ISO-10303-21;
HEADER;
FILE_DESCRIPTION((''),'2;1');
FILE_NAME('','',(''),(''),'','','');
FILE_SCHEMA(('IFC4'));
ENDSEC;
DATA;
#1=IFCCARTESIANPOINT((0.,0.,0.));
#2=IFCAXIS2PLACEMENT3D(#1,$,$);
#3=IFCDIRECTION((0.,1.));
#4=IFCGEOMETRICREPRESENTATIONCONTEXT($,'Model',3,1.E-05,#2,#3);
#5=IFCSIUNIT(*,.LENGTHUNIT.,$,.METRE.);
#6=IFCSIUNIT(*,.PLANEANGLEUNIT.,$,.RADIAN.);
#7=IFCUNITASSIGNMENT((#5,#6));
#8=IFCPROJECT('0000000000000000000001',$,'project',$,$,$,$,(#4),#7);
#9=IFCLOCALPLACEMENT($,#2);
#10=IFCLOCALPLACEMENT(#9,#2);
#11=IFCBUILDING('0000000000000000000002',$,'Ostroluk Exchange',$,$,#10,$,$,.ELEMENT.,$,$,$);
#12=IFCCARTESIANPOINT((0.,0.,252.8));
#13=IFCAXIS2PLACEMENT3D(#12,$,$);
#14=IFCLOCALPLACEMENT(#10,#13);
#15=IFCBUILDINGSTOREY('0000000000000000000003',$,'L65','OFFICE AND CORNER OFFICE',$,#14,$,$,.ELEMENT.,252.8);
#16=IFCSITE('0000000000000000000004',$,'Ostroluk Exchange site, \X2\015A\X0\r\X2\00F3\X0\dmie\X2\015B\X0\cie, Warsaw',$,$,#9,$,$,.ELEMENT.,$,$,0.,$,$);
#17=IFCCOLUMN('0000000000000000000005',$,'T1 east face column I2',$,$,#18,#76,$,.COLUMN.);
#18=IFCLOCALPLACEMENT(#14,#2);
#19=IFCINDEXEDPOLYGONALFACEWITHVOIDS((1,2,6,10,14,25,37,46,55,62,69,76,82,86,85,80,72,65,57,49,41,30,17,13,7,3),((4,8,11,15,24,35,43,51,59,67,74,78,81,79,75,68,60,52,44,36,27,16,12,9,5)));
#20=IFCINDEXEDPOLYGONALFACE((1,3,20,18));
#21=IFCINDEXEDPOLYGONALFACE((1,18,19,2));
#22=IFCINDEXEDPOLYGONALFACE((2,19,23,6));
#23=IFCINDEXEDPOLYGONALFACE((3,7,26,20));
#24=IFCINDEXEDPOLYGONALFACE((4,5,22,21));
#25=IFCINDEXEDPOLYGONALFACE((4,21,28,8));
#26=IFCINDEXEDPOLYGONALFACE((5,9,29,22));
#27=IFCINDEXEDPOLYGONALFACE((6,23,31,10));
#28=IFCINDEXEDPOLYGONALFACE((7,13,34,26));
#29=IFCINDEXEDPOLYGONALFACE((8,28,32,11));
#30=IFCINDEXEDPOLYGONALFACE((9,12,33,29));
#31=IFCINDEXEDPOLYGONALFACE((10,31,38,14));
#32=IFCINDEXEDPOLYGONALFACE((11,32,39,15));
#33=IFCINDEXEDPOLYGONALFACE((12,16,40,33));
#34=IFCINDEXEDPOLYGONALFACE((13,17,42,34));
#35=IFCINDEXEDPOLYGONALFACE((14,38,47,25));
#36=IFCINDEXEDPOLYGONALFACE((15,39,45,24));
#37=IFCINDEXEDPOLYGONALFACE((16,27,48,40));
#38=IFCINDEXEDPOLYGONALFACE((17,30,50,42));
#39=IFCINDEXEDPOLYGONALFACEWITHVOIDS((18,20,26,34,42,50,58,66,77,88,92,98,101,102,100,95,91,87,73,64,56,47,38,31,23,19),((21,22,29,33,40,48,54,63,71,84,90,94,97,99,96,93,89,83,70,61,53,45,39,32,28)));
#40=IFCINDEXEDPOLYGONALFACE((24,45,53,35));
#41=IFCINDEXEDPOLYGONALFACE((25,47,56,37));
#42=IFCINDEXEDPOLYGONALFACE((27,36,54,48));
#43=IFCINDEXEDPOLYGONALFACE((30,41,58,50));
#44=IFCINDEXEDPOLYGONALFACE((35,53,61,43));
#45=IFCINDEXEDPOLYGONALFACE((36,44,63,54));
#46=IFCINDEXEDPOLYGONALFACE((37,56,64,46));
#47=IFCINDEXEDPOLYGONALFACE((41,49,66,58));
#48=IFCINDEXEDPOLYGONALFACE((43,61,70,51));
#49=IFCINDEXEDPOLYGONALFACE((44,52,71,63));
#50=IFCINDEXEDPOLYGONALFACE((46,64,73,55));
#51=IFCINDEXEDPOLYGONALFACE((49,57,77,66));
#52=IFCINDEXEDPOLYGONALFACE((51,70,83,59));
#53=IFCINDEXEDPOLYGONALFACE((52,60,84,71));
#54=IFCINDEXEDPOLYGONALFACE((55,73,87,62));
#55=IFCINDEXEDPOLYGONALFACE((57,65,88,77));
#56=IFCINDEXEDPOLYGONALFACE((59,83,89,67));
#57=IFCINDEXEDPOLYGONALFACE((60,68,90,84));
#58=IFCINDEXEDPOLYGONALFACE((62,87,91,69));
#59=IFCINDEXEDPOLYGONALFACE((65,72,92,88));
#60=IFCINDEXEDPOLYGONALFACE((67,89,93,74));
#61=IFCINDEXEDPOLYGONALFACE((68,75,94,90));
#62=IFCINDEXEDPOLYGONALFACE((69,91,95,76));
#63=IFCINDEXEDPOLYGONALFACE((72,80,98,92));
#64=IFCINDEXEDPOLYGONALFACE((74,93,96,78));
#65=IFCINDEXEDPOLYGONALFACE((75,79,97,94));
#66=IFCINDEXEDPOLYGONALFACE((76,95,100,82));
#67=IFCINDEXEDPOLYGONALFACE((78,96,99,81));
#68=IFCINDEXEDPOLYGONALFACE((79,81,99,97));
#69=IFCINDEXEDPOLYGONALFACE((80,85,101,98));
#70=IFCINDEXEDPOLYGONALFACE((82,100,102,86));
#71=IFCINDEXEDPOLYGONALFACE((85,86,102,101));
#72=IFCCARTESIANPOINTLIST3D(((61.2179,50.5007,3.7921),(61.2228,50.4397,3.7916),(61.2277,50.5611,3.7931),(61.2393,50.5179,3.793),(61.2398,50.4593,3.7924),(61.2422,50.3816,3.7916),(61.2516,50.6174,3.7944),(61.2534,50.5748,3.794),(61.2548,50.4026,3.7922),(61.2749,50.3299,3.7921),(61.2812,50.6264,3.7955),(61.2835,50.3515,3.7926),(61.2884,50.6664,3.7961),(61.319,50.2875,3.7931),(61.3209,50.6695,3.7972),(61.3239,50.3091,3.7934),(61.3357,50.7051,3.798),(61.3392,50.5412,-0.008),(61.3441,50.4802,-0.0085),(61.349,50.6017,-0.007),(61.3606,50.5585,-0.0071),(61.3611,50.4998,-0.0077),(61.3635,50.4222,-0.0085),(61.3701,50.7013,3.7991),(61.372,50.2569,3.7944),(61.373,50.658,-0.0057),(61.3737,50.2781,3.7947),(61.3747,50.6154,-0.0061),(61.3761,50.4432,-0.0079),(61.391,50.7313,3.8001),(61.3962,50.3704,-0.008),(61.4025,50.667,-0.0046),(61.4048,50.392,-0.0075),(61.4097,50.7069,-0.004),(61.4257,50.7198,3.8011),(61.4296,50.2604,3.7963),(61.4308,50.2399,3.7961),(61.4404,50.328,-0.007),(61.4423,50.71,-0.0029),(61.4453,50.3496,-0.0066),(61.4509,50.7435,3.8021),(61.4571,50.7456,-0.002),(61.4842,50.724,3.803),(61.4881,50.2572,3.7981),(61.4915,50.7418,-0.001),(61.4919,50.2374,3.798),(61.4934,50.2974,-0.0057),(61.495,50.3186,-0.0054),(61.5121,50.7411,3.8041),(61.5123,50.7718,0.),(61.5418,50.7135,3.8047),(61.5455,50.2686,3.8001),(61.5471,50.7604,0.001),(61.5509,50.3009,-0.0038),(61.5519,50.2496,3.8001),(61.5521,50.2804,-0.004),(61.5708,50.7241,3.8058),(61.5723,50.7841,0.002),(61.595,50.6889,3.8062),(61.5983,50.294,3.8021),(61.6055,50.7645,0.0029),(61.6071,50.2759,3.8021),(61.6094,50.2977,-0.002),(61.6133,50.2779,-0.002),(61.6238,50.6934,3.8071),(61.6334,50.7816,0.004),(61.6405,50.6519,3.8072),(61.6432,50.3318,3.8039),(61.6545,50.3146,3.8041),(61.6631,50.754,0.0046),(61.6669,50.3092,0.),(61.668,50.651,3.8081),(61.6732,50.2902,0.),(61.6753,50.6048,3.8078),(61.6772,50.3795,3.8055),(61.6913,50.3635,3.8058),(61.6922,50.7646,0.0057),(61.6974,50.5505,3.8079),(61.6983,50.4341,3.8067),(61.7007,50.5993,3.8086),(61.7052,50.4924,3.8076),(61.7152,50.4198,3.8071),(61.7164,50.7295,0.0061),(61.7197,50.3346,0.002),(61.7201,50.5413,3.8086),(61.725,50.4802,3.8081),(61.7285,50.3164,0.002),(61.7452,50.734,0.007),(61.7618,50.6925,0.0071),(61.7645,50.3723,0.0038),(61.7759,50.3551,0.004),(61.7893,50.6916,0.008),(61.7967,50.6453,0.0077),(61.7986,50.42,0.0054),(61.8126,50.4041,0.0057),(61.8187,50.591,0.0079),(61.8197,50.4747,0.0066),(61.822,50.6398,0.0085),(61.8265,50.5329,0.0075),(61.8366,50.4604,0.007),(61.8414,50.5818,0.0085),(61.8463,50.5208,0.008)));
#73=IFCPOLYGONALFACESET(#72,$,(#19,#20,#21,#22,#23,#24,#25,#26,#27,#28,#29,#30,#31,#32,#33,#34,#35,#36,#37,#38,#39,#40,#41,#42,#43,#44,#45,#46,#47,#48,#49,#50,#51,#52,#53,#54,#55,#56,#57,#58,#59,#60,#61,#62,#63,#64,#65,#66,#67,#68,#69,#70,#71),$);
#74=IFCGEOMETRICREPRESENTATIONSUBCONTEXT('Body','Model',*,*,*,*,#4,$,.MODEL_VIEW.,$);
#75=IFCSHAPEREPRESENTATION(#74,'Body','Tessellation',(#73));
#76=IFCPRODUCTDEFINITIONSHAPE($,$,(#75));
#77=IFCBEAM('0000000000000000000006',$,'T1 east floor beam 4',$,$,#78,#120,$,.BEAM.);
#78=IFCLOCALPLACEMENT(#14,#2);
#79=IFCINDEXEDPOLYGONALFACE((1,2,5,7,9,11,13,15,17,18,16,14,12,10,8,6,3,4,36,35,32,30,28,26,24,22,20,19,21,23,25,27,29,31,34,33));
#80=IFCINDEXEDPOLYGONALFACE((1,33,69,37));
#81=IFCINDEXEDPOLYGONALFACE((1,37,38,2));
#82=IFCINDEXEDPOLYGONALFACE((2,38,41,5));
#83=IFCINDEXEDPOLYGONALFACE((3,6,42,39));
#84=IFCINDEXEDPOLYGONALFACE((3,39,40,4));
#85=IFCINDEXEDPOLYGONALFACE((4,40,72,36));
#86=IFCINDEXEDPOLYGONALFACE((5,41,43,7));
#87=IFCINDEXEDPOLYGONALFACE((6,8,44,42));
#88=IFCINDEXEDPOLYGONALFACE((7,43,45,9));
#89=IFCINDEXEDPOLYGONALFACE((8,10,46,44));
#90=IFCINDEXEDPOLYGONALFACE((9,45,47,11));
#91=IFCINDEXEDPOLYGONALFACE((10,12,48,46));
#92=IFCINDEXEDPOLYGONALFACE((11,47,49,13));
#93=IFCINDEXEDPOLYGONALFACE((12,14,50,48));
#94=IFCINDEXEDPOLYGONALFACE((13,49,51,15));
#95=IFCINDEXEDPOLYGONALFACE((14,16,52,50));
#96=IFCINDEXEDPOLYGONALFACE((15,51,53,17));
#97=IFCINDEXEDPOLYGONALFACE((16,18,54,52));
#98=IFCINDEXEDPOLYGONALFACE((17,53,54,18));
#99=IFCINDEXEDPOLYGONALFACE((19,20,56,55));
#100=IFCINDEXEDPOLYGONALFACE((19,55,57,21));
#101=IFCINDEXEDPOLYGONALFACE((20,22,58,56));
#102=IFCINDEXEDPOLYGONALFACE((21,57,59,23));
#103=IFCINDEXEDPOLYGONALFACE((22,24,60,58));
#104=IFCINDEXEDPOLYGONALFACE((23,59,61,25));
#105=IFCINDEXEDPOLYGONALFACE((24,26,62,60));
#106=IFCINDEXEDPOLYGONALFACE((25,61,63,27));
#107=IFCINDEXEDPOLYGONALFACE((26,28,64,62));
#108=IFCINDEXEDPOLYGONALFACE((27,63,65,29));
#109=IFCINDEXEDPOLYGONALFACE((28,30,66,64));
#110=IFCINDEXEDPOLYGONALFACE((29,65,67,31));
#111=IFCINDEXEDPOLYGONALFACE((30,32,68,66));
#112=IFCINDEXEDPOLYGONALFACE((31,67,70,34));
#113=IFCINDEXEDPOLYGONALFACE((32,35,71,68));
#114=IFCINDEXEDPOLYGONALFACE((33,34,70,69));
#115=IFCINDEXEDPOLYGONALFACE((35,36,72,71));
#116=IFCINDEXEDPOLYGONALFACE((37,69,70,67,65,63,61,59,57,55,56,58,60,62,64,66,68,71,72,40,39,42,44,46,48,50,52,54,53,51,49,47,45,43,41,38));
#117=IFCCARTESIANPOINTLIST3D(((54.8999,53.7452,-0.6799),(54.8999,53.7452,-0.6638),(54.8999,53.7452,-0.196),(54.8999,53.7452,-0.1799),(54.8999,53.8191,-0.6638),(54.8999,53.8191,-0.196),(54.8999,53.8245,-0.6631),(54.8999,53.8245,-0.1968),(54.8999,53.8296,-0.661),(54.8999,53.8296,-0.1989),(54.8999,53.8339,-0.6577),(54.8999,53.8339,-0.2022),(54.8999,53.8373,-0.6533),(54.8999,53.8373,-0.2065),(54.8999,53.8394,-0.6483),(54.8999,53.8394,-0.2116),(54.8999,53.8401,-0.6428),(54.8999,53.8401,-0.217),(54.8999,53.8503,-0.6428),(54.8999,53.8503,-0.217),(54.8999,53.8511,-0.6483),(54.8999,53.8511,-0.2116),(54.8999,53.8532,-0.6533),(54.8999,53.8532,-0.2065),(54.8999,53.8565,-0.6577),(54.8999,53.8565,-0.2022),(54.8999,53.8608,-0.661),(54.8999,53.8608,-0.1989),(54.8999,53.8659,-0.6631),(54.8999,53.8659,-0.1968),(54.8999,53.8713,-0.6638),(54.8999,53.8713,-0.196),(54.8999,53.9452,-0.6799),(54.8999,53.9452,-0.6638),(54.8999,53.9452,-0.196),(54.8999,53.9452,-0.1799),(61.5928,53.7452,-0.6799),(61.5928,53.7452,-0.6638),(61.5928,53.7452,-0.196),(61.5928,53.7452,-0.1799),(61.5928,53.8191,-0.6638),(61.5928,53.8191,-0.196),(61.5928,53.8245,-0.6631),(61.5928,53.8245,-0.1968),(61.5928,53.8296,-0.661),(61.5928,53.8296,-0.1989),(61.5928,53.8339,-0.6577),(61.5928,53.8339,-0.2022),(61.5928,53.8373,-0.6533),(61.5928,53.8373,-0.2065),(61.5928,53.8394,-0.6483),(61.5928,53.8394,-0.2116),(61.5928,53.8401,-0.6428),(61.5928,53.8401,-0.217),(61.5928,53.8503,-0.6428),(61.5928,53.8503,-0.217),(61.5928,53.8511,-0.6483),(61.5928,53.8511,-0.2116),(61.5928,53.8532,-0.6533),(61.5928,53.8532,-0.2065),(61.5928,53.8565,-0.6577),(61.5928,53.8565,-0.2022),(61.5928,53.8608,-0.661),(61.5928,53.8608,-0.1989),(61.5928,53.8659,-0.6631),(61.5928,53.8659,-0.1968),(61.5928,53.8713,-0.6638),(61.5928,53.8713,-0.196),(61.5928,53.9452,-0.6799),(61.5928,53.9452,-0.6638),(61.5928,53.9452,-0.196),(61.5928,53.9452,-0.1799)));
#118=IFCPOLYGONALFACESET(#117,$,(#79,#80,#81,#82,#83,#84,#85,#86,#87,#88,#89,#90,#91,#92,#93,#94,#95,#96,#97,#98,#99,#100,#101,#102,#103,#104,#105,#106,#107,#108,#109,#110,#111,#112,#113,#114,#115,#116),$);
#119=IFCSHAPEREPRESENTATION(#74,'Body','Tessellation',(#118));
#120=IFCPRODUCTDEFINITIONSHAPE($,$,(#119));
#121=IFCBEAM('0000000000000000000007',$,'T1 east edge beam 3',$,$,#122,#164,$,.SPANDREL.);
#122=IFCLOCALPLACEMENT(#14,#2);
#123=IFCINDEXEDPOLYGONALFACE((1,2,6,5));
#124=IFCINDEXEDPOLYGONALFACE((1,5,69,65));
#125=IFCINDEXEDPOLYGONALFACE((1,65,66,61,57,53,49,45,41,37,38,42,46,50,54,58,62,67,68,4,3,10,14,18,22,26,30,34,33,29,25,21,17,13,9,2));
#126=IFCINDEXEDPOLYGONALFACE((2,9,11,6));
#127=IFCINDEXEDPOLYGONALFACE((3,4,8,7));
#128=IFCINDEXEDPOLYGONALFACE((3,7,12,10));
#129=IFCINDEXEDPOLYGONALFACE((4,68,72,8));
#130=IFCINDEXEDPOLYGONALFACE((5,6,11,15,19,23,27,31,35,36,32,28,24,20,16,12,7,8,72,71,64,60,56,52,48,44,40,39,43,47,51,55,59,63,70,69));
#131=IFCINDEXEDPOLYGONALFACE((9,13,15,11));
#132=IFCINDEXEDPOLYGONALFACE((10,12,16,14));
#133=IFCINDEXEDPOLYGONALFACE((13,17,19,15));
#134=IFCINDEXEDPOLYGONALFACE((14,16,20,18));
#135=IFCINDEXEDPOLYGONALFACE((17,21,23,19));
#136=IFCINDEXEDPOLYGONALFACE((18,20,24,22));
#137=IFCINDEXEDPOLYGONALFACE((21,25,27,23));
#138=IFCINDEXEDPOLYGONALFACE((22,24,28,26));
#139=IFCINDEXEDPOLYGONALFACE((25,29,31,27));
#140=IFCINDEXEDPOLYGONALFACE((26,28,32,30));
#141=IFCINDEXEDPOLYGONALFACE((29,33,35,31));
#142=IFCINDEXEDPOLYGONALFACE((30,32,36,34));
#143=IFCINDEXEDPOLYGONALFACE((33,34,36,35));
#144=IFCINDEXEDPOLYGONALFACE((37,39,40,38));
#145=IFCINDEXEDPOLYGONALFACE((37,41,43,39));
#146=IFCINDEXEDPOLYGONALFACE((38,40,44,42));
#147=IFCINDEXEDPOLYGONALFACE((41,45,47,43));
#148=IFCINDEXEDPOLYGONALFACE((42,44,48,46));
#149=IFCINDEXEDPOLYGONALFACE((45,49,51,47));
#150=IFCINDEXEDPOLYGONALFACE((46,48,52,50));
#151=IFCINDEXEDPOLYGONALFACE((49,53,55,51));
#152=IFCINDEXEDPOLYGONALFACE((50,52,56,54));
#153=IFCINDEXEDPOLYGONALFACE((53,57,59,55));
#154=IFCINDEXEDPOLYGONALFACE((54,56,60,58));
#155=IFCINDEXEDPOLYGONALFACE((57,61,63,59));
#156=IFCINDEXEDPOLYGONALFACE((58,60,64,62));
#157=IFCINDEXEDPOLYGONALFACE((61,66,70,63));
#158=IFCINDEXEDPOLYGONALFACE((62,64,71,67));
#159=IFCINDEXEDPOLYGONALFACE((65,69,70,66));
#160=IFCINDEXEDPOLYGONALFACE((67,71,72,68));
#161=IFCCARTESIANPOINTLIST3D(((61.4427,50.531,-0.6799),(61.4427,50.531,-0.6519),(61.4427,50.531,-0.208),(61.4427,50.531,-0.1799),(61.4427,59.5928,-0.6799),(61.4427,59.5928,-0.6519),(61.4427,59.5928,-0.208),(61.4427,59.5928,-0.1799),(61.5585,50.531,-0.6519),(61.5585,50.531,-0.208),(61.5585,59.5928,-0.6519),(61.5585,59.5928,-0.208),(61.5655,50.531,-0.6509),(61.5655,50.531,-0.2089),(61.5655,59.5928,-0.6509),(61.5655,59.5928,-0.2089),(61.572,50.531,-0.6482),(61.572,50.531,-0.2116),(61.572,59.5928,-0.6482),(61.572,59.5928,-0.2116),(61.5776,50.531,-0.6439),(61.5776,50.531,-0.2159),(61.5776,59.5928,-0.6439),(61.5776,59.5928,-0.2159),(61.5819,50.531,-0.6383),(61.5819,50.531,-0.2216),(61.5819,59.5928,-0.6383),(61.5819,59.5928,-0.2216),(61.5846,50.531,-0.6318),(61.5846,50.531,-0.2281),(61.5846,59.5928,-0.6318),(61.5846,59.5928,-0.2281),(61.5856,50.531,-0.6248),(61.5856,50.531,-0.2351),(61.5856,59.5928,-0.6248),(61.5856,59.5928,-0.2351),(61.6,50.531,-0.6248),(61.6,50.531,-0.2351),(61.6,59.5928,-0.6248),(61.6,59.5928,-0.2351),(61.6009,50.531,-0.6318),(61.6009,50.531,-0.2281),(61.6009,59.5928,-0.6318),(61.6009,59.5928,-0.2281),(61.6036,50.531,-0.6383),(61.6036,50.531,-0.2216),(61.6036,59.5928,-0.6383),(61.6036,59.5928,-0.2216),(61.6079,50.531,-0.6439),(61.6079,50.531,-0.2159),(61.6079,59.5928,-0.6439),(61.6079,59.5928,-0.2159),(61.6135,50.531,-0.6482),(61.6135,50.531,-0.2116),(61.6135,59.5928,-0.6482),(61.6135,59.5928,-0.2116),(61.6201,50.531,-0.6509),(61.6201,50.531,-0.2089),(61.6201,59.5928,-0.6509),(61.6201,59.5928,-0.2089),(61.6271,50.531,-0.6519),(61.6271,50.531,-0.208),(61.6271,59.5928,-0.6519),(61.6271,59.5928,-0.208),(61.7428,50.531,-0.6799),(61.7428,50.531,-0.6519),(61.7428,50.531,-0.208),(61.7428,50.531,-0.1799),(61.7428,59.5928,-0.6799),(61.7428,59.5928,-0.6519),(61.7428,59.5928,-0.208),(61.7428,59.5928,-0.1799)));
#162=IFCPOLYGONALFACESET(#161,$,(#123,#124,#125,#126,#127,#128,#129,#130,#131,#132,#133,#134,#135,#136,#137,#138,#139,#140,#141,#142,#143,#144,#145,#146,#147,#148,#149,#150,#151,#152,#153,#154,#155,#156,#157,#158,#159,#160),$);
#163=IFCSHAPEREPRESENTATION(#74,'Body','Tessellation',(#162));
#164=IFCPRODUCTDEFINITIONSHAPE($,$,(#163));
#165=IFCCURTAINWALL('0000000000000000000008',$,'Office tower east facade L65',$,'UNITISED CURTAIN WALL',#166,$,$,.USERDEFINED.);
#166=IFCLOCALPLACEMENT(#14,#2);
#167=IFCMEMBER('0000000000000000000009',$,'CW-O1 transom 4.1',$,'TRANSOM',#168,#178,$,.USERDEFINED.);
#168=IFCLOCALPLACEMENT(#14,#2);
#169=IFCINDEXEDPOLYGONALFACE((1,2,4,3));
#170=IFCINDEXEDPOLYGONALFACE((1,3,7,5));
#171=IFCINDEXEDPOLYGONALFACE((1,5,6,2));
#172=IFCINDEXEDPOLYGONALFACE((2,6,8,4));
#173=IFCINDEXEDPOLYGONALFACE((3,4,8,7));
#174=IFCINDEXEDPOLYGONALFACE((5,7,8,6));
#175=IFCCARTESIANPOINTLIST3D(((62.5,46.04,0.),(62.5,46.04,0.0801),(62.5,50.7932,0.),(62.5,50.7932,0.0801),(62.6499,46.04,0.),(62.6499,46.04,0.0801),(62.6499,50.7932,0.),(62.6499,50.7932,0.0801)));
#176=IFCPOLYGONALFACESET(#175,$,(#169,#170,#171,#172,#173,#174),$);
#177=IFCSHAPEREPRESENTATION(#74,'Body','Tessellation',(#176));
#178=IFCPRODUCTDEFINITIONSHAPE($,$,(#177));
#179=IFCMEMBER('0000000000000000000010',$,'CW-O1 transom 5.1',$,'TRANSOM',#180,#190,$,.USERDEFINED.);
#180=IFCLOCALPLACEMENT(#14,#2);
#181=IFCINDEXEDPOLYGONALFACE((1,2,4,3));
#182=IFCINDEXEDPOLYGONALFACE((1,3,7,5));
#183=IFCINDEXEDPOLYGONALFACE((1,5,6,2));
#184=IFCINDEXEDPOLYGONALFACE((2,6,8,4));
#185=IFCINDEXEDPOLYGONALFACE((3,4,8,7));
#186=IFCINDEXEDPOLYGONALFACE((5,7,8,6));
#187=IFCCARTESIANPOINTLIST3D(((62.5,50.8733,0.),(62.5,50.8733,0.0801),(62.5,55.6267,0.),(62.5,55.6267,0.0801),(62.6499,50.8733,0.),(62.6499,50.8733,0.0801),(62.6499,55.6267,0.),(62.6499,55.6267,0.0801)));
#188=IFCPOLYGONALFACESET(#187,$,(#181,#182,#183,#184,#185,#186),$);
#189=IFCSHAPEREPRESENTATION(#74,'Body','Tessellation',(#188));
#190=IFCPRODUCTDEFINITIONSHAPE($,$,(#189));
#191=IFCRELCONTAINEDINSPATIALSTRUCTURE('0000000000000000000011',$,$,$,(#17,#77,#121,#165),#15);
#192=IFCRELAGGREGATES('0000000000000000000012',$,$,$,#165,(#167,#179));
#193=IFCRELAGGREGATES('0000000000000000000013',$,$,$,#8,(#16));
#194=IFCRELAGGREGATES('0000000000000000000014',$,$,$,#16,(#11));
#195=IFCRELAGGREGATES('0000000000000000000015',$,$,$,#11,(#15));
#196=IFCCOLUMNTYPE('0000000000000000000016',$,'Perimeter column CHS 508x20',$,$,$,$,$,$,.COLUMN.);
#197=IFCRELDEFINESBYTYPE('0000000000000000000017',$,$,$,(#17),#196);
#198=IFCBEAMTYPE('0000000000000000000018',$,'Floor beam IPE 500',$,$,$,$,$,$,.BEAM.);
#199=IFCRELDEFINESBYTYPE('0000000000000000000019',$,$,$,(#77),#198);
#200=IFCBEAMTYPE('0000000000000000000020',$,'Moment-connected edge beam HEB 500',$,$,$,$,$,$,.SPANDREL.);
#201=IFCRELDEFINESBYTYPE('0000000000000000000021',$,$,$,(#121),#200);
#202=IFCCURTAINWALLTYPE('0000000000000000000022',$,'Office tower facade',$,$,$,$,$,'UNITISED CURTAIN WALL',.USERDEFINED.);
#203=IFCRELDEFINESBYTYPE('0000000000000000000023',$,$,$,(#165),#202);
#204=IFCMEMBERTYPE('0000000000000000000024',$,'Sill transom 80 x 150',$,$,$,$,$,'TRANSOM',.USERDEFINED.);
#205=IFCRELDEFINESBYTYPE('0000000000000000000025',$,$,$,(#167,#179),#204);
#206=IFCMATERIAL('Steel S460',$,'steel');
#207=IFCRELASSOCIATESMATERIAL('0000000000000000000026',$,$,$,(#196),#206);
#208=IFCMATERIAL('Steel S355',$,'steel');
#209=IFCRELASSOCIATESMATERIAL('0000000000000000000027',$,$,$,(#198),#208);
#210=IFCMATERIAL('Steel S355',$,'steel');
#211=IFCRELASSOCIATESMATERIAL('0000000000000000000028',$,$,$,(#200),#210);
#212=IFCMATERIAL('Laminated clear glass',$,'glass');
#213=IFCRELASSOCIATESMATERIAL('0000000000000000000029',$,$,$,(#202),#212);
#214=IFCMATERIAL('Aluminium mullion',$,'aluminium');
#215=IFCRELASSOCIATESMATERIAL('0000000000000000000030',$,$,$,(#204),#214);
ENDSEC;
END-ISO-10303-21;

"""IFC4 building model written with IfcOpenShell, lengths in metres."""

from ifc_helpers import new_model, si_unit, direction, frame, origin, origin_2d, place, context, subcontext, project, spatial, rectangle, hollow_circle, i_section, extrude, material, material_profile, profile_set, type_object, element, aggregate, save


model = new_model("IFC4")

# Units and contexts
model_context = context("Model", 3, precision=1e-05, world=origin(), true_north=direction((0.0, 1.0)))
body_context = subcontext(model_context, "Body", "Model", "MODEL_VIEW")
ifc_project = project(units=[si_unit("LENGTHUNIT", "METRE"), si_unit("PLANEANGLEUNIT", "RADIAN")], contexts=[model_context])

# Site, building, storey
site_placement = place(None, origin())
site = spatial("IfcSite", under=ifc_project, at=site_placement, Name="Ostroluk Exchange site, Śródmieście, Warsaw", CompositionType="ELEMENT", RefElevation=0.0)
building_placement = place(site_placement, origin())
building = spatial("IfcBuilding", under=site, at=building_placement, Name="Ostroluk Exchange", CompositionType="ELEMENT")
storey_placement = place(building_placement, frame((0.0, 0.0, 252.8)))
storey = spatial("IfcBuildingStorey", under=building, at=storey_placement, Name="L65", Description="OFFICE AND CORNER OFFICE", CompositionType="ELEMENT", Elevation=252.8)

# Column
ifc_material_1 = material(Name="Steel S460", Category="steel")
ifc_material_profile_1 = material_profile(ifc_material_1, hollow_circle(Radius=0.2539, WallThickness=0.02, at=origin_2d()), Name="CHS 508x20")
ifc_profile_set_1 = profile_set([ifc_material_profile_1], Name="Steel S460")
column_type = type_object("IfcColumnType", Name="Perimeter column CHS 508x20", PredefinedType="COLUMN", material=ifc_profile_set_1)
column_placement = place(storey_placement, frame((61.5928, 50.531, 0.0), z_axis=(-0.031913, -0.010659, 0.999434), x_axis=(0.3168, -0.948492, 0.0)))
element("IfcColumn", 1, at=column_placement, inside=storey, type_object=column_type, Name="T1 east face column I2", PredefinedType="COLUMN", context=body_context, shape_type="SweptSolid", body=[
    extrude(hollow_circle(Radius=0.2539, WallThickness=0.02, at=origin_2d()), origin(), (0.0, 0.0, 1.0), 3.8022),
])

# Beams
ifc_material_2 = material(Name="Steel S355", Category="steel")
ifc_material_profile_2 = material_profile(ifc_material_2, i_section(OverallWidth=0.2, OverallDepth=0.5, WebThickness=0.0103, FlangeThickness=0.0161, FilletRadius=0.021, at=origin_2d()), Name="IPE 500")
ifc_profile_set_2 = profile_set([ifc_material_profile_2], Name="Steel S355")
beam_type_1 = type_object("IfcBeamType", Name="Floor beam IPE 500", PredefinedType="BEAM", material=ifc_profile_set_2)
beam_1_placement = place(storey_placement, frame((54.8999, 53.8452, -0.4299), z_axis=(1.0, 0.0, 0.0), x_axis=(0.0, 1.0, 0.0)))
element("IfcBeam", 2, at=beam_1_placement, inside=storey, type_object=beam_type_1, Name="T1 east floor beam 4", PredefinedType="BEAM", context=body_context, shape_type="SweptSolid", body=[
    extrude(i_section(OverallWidth=0.2, OverallDepth=0.5, WebThickness=0.0103, FlangeThickness=0.0161, FilletRadius=0.021, at=origin_2d()), origin(), (0.0, 0.0, 1.0), 6.6929),
])
ifc_material_3 = material(Name="Steel S355", Category="steel")
ifc_material_profile_3 = material_profile(ifc_material_3, i_section(OverallWidth=0.3, OverallDepth=0.5, WebThickness=0.0144, FlangeThickness=0.0281, FilletRadius=0.0271, at=origin_2d()), Name="HEB 500")
ifc_profile_set_3 = profile_set([ifc_material_profile_3], Name="Steel S355")
beam_type_2 = type_object("IfcBeamType", Name="Moment-connected edge beam HEB 500", PredefinedType="SPANDREL", material=ifc_profile_set_3)
beam_2_placement = place(storey_placement, frame((61.5928, 50.531, -0.4299), z_axis=(0.0, 1.0, 0.0), x_axis=(-1.0, 0.0, 0.0)))
element("IfcBeam", 3, at=beam_2_placement, inside=storey, type_object=beam_type_2, Name="T1 east edge beam 3", PredefinedType="SPANDREL", context=body_context, shape_type="SweptSolid", body=[
    extrude(i_section(OverallWidth=0.3, OverallDepth=0.5, WebThickness=0.0144, FlangeThickness=0.0281, FilletRadius=0.0271, at=origin_2d()), origin(), (0.0, 0.0, 1.0), 9.0618),
])

# Curtain wall, members
ifc_material_4 = material(Name="Laminated clear glass", Category="glass")
curtain_wall_type = type_object("IfcCurtainWallType", Name="Office tower facade", ElementType="UNITISED CURTAIN WALL", PredefinedType="USERDEFINED", material=ifc_material_4)
curtain_wall_placement = place(storey_placement, origin())
curtain_wall = element("IfcCurtainWall", 4, at=curtain_wall_placement, inside=storey, type_object=curtain_wall_type, Name="Office tower east facade L65", ObjectType="UNITISED CURTAIN WALL", PredefinedType="USERDEFINED")
ifc_material_5 = material(Name="Aluminium mullion", Category="aluminium")
ifc_material_profile_4 = material_profile(ifc_material_5, rectangle(XDim=0.1499, YDim=0.0801, at=origin_2d()), Name="Sill transom 80 x 150")
ifc_profile_set_4 = profile_set([ifc_material_profile_4], Name="Aluminium mullion")
member_type_1 = type_object("IfcMemberType", Name="Sill transom 80 x 150", ElementType="TRANSOM", PredefinedType="USERDEFINED", material=ifc_profile_set_4)
member_1_placement = place(storey_placement, frame((62.575, 46.04, 0.04), z_axis=(0.0, 1.0, 0.0), x_axis=(-1.0, 0.0, 0.0)))
member_1 = element("IfcMember", 5, at=member_1_placement, type_object=member_type_1, Name="CW-O1 transom 4.1", ObjectType="TRANSOM", PredefinedType="USERDEFINED", context=body_context, shape_type="SweptSolid", body=[
    extrude(rectangle(XDim=0.1499, YDim=0.0801, at=origin_2d()), origin(), (0.0, 0.0, 1.0), 4.7532),
])
member_2_placement = place(storey_placement, frame((62.575, 50.8733, 0.04), z_axis=(0.0, 1.0, 0.0), x_axis=(-1.0, 0.0, 0.0)))
member_2 = element("IfcMember", 6, at=member_2_placement, type_object=member_type_1, Name="CW-O1 transom 5.1", ObjectType="TRANSOM", PredefinedType="USERDEFINED", context=body_context, shape_type="SweptSolid", body=[
    extrude(rectangle(XDim=0.1499, YDim=0.0801, at=origin_2d()), origin(), (0.0, 0.0, 1.0), 4.7534),
])
aggregate(curtain_wall, [member_1, member_2])

save(model, "model.ifc")
